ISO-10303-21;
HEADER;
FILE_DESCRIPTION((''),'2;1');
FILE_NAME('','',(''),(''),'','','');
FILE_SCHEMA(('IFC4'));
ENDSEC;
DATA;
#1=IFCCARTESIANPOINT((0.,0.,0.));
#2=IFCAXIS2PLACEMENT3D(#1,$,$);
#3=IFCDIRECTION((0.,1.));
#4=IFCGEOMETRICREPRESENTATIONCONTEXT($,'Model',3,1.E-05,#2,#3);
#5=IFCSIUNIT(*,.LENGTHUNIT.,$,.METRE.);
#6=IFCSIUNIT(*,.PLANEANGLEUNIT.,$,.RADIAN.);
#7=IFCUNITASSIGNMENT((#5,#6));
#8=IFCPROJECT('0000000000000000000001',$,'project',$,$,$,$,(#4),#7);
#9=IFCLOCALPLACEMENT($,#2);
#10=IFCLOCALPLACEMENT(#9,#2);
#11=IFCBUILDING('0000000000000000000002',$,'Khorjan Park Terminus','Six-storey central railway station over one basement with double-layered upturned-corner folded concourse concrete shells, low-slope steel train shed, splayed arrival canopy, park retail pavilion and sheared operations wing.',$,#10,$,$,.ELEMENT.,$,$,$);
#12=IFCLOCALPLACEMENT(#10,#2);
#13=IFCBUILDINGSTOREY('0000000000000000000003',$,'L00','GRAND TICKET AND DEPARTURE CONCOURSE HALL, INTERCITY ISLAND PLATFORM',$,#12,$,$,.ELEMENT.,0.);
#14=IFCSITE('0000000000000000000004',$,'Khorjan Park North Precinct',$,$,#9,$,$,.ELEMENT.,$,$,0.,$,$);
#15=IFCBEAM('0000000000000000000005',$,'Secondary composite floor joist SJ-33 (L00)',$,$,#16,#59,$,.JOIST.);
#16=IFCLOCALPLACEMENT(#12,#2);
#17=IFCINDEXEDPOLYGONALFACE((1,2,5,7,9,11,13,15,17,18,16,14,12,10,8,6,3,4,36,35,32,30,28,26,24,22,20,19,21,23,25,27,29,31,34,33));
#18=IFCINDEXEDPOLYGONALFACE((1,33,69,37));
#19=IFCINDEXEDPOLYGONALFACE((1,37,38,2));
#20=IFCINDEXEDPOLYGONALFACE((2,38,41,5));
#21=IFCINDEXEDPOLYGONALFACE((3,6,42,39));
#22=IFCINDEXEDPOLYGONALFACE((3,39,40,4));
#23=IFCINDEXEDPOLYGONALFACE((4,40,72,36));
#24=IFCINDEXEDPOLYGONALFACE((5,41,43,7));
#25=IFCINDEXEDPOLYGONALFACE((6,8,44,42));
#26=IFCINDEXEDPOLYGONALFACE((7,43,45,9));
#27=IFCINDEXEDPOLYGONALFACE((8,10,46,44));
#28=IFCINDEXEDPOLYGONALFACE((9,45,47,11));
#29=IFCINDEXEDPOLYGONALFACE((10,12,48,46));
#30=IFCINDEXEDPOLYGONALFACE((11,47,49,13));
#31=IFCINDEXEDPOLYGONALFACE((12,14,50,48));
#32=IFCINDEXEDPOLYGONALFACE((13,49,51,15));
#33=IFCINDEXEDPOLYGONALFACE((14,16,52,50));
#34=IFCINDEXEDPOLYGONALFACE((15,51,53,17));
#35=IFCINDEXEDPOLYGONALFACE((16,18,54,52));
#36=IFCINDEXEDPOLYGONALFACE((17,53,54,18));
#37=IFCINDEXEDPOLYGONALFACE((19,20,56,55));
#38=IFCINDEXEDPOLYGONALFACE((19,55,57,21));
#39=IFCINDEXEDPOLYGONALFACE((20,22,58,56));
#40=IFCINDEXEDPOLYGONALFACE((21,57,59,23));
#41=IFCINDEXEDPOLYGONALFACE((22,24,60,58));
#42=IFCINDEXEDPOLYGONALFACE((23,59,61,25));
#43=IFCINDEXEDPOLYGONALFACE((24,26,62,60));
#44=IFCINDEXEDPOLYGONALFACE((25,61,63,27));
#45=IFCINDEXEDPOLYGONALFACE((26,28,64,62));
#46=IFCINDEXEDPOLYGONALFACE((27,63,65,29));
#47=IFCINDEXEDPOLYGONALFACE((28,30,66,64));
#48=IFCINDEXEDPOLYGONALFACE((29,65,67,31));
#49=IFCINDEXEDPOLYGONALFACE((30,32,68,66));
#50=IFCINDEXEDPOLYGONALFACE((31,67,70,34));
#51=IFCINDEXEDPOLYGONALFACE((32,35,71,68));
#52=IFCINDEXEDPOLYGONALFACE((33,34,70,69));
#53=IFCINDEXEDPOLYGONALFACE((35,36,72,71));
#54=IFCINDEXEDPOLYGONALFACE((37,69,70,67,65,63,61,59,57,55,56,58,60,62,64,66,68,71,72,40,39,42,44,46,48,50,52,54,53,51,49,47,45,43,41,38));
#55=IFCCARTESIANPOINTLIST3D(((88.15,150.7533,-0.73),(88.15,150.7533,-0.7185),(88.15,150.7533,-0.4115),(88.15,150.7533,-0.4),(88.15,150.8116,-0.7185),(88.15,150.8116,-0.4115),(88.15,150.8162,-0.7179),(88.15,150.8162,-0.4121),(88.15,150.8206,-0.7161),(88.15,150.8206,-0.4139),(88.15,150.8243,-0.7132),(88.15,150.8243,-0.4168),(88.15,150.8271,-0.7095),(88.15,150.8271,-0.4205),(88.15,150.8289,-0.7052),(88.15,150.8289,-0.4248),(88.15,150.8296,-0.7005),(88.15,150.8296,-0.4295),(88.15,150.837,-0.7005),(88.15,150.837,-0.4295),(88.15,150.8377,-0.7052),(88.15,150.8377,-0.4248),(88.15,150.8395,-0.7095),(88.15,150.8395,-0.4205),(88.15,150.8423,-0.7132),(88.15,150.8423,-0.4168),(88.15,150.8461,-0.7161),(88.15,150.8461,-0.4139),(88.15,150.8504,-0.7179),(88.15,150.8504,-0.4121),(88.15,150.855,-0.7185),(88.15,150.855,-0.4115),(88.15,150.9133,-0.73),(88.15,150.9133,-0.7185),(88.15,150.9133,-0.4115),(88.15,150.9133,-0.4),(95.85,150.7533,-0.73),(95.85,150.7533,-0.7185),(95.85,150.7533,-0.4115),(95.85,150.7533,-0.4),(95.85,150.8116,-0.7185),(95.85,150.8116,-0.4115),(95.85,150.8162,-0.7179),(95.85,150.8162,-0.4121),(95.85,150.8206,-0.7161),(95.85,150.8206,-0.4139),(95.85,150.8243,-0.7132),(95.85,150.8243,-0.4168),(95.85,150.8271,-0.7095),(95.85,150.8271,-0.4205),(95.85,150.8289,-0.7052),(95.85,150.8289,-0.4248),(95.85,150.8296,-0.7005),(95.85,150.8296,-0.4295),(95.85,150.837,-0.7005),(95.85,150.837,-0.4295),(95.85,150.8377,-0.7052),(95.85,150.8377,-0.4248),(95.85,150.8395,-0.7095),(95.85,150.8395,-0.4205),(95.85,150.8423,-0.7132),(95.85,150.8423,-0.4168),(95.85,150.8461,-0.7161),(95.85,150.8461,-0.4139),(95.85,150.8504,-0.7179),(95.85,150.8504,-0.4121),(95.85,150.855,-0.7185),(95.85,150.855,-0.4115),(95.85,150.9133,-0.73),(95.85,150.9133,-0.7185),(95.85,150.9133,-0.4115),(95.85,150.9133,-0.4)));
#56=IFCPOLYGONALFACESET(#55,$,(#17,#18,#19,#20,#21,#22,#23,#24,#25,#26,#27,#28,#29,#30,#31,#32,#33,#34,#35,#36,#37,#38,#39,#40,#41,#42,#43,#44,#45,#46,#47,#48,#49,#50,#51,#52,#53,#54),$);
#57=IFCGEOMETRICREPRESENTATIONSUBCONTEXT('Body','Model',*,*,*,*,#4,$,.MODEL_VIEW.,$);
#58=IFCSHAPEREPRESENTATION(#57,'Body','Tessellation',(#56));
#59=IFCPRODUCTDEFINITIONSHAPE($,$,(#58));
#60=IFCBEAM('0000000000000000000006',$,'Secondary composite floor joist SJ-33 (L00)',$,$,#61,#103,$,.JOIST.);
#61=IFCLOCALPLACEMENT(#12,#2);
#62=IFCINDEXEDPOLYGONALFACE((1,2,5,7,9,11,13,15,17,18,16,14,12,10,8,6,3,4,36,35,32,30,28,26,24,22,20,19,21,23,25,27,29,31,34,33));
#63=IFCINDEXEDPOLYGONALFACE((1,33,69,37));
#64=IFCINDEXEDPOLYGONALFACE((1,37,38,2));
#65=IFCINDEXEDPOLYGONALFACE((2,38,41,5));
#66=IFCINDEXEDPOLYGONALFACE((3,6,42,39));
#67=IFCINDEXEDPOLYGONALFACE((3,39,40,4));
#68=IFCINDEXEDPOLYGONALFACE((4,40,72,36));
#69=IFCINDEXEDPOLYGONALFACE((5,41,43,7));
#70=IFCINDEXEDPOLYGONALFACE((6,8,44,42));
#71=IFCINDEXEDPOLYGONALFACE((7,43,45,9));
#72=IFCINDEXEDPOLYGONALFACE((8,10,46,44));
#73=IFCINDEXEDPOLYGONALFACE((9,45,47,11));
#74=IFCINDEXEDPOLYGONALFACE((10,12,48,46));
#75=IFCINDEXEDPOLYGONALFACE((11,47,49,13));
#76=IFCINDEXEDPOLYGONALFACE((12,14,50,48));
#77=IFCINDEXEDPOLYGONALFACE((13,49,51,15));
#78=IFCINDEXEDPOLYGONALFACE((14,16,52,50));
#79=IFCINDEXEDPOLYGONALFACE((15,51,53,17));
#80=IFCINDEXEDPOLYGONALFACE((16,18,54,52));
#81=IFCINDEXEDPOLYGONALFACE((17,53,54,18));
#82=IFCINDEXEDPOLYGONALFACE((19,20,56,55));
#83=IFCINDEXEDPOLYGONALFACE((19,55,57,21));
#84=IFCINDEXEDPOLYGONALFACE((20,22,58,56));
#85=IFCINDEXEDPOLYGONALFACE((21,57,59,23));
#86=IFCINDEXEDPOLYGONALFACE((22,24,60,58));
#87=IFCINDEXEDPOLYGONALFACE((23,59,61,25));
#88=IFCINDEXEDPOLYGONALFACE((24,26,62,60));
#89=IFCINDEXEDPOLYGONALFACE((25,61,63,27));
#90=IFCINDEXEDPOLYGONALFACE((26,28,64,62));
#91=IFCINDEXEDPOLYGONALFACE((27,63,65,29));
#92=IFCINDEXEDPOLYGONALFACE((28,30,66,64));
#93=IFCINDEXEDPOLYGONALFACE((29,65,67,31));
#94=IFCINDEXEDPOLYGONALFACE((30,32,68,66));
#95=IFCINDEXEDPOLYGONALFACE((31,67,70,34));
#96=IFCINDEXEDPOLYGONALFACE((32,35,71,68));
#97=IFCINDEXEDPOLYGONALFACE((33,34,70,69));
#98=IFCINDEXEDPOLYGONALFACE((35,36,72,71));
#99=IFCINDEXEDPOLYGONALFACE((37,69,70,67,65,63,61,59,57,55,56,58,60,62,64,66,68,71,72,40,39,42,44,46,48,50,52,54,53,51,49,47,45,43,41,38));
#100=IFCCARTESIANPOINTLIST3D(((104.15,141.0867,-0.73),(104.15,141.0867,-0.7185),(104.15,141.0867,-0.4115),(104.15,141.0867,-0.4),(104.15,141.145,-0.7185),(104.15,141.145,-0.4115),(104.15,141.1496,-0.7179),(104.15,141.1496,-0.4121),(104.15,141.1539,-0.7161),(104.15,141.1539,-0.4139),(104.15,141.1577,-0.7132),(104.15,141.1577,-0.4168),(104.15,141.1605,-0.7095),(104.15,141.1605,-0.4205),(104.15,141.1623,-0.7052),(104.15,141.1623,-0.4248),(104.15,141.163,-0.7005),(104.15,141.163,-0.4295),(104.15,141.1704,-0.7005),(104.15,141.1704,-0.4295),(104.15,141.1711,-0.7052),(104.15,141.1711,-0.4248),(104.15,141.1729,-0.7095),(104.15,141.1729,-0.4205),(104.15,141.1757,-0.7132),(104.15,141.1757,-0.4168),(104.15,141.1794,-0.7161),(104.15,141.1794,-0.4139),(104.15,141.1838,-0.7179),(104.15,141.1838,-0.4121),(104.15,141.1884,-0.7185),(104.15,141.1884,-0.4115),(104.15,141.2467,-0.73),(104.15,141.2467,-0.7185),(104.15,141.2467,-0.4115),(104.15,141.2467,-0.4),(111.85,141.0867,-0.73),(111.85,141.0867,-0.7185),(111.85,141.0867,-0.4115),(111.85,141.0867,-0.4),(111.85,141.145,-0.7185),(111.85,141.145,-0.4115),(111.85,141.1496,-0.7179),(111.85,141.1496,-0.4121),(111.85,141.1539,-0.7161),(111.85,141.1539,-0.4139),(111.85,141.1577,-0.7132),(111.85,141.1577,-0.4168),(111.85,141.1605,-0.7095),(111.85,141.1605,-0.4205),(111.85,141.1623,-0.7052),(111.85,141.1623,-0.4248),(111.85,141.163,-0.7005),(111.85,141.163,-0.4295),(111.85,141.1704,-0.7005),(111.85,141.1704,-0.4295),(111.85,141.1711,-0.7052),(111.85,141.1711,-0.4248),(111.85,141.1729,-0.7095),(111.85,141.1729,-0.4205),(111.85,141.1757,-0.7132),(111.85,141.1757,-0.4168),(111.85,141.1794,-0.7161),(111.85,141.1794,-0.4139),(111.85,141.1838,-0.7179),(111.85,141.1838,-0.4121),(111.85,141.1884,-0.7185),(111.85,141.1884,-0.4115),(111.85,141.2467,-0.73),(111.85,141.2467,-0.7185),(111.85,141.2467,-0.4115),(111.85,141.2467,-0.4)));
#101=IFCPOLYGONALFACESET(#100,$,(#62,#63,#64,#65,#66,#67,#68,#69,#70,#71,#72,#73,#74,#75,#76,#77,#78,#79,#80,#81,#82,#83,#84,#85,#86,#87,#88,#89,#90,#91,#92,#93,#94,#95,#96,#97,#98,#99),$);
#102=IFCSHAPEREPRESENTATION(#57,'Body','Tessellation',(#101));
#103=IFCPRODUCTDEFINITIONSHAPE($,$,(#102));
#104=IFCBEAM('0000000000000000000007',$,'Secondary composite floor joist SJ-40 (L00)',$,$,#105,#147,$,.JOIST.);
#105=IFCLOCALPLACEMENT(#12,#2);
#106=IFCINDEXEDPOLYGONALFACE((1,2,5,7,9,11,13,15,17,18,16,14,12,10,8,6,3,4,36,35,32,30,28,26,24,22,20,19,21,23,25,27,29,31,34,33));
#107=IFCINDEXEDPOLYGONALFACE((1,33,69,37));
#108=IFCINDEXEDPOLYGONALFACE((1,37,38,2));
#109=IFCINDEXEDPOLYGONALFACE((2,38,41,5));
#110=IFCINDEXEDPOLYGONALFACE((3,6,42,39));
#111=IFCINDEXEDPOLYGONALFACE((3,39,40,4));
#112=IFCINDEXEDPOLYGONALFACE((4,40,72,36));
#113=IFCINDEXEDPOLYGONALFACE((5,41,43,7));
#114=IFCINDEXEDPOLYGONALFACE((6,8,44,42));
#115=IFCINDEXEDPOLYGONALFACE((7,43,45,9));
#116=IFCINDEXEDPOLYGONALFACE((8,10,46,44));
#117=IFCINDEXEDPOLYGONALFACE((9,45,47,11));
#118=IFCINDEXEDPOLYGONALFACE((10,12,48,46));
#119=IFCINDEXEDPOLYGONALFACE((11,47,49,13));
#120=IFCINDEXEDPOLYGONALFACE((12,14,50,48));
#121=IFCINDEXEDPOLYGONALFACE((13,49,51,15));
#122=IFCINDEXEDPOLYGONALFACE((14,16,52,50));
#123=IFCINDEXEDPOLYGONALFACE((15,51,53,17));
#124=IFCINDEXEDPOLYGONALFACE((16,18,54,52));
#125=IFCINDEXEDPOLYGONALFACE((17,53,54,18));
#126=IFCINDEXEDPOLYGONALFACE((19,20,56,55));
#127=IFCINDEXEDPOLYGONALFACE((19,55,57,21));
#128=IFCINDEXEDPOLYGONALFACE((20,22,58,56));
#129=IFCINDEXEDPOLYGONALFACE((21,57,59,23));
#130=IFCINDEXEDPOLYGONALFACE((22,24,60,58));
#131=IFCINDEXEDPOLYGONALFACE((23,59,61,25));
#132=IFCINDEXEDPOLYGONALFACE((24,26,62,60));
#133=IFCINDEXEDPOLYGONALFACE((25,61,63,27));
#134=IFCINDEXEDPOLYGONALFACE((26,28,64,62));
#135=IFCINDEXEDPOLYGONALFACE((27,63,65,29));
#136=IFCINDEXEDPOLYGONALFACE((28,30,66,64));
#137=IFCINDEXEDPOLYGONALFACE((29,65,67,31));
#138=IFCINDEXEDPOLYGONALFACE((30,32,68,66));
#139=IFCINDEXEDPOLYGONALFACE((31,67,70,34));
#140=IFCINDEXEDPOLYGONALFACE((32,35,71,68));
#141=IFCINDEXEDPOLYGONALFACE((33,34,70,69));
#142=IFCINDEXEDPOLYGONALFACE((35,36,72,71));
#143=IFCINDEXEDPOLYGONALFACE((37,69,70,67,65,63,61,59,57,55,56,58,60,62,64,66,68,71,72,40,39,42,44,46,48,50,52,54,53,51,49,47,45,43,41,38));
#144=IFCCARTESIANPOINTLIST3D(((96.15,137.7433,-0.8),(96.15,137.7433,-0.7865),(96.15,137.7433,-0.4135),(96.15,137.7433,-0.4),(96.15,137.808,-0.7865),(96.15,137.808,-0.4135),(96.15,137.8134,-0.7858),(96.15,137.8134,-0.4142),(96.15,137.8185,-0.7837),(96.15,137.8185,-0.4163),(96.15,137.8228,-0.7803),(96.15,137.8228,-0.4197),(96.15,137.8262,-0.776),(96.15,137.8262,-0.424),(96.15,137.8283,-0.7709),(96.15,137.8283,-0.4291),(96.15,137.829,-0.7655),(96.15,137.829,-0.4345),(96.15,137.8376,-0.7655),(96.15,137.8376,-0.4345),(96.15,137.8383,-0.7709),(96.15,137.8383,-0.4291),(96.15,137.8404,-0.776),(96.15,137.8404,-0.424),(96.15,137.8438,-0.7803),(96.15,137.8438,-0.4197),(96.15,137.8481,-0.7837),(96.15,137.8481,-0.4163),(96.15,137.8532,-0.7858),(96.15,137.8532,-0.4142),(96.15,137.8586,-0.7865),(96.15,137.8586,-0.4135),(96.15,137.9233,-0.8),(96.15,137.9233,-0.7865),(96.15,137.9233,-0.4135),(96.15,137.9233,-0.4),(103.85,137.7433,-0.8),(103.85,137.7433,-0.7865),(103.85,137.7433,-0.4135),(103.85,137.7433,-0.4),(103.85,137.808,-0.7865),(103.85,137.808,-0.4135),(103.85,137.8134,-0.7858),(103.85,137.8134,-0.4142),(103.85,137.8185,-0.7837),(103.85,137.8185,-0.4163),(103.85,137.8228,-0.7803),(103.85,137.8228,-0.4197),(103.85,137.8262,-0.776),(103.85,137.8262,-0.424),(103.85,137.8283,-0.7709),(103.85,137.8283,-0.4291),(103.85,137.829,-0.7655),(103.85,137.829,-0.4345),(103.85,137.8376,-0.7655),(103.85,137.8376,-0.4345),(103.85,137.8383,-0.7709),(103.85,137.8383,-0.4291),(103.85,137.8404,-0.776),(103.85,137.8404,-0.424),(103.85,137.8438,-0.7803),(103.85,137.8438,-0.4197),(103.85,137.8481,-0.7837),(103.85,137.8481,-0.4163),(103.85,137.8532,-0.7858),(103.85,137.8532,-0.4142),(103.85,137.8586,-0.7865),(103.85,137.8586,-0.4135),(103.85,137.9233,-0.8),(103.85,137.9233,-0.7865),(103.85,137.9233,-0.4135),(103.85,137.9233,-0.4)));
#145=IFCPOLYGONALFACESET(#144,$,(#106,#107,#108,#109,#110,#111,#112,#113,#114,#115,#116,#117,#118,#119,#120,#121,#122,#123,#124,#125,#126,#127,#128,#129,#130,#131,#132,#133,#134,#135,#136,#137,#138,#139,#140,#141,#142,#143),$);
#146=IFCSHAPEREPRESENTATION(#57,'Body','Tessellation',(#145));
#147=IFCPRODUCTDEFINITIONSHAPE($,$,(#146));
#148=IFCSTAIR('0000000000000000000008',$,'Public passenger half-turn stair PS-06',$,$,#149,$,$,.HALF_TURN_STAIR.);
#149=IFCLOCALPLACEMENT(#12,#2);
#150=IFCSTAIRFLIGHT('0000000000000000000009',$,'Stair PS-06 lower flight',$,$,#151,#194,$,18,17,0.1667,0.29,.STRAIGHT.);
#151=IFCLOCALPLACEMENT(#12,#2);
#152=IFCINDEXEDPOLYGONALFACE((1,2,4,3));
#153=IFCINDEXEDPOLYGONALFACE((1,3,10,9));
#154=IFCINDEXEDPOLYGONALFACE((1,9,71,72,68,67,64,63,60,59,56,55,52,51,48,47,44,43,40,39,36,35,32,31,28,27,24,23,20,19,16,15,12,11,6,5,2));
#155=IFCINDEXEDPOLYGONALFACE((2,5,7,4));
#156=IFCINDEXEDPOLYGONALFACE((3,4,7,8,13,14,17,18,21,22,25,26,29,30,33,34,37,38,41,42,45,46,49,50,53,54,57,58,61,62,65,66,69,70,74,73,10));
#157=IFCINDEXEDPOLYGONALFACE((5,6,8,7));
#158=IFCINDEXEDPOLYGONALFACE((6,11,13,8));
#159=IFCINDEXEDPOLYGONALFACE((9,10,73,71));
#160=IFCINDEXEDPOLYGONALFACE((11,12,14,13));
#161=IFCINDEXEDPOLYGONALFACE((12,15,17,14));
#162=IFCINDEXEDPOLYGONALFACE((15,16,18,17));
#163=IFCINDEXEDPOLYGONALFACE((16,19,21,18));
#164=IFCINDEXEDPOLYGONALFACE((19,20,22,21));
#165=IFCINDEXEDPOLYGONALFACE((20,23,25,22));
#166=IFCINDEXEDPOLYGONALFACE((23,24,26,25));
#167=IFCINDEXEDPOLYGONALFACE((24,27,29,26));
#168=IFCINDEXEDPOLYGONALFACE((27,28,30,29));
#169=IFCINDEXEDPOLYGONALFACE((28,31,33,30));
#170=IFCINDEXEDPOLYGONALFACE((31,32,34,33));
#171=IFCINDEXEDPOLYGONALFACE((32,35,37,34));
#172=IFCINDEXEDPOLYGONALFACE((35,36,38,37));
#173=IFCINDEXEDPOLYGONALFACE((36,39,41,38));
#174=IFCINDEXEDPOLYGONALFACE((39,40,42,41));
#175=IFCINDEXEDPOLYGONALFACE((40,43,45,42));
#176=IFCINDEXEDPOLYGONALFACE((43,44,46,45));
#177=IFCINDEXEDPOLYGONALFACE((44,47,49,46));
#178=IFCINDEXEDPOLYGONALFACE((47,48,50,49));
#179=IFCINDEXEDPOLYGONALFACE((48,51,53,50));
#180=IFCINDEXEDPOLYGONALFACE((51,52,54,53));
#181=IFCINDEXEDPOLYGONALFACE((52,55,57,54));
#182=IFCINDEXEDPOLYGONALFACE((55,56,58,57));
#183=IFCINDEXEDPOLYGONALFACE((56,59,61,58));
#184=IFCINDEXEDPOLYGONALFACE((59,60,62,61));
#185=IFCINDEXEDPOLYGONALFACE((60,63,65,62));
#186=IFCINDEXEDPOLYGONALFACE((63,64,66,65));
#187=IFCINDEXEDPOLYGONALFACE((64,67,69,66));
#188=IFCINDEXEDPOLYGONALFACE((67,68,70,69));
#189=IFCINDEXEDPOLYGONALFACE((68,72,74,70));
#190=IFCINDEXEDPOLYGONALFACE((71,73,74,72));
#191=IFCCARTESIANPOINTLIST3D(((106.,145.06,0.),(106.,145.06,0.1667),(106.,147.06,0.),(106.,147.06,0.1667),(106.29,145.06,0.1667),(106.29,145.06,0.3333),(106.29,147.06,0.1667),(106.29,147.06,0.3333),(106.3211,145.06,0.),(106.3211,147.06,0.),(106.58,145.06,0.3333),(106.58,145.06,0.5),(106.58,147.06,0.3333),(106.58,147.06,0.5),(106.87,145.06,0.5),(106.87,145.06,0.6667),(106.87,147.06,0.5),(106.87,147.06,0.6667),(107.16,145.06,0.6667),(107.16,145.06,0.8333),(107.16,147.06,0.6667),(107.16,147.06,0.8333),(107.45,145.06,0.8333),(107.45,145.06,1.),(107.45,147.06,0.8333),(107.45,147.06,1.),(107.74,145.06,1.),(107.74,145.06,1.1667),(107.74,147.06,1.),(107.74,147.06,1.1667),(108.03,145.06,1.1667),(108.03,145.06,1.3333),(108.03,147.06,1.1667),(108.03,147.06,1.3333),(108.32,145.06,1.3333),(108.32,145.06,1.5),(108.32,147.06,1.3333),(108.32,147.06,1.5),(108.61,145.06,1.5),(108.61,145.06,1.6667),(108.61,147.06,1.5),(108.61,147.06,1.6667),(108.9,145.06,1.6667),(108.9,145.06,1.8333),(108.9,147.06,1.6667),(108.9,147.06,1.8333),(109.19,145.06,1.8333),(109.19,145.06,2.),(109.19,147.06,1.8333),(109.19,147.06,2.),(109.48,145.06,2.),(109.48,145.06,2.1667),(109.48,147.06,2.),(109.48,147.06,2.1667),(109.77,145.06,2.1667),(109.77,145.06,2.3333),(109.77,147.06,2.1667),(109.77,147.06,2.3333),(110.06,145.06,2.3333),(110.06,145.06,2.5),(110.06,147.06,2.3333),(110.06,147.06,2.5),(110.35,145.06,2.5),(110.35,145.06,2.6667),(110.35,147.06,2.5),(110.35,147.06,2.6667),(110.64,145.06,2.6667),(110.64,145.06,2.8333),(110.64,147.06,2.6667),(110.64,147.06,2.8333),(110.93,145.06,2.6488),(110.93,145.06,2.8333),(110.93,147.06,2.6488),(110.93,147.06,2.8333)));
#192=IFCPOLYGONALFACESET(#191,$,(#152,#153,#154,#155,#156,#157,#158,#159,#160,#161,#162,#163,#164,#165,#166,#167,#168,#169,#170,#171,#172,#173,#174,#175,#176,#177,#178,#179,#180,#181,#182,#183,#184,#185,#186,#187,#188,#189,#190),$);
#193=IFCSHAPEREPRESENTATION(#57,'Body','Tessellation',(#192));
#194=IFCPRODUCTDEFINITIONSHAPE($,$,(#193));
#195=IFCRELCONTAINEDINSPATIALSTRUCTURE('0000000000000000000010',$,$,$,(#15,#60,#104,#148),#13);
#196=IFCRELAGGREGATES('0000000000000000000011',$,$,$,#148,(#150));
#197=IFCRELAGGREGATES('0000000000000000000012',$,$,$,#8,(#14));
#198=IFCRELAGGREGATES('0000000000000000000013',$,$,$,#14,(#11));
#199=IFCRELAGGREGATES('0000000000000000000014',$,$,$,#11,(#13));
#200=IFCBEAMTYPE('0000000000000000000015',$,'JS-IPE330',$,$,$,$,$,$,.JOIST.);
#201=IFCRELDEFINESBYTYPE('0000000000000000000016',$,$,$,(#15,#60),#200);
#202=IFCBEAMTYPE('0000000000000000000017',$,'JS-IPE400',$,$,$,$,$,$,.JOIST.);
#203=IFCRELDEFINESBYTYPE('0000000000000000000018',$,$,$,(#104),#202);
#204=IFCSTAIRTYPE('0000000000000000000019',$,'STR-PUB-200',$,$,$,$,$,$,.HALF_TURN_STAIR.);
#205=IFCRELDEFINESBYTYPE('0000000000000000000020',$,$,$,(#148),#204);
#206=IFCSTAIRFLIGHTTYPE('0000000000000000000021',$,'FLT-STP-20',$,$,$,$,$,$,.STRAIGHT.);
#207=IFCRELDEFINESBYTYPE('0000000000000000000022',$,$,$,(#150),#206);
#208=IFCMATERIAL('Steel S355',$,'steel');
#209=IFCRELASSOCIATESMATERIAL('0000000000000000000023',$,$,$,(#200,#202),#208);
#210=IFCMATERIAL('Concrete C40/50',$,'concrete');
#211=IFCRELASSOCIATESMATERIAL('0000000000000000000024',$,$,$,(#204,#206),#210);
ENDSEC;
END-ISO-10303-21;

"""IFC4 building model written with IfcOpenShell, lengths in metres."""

from ifc_helpers import new_model, si_unit, direction, frame, origin, origin_2d, place, context, subcontext, project, spatial, polyline, i_section, outline, extrude, material, material_profile, profile_set, type_object, element, aggregate, save


model = new_model("IFC4")

# Units and contexts
model_context = context("Model", 3, precision=1e-05, world=origin(), true_north=direction((0.0, 1.0)))
body_context = subcontext(model_context, "Body", "Model", "MODEL_VIEW")
ifc_project = project(units=[si_unit("LENGTHUNIT", "METRE"), si_unit("PLANEANGLEUNIT", "RADIAN")], contexts=[model_context])

# Site, building, storey
site_placement = place(None, origin())
site = spatial("IfcSite", under=ifc_project, at=site_placement, Name="Khorjan Park North Precinct", CompositionType="ELEMENT", RefElevation=0.0)
building_placement = place(site_placement, origin())
building = spatial("IfcBuilding", under=site, at=building_placement, Name="Khorjan Park Terminus", Description="Six-storey central railway station over one basement with double-layered upturned-corner folded concourse concrete shells, low-slope steel train shed, splayed arrival canopy, park retail pavilion and sheared operations wing.", CompositionType="ELEMENT")
storey_placement = place(building_placement, origin())
storey = spatial("IfcBuildingStorey", under=building, at=storey_placement, Name="L00", Description="GRAND TICKET AND DEPARTURE CONCOURSE HALL, INTERCITY ISLAND PLATFORM", CompositionType="ELEMENT", Elevation=0.0)

# Shared definitions
ifc_material_1 = material(Name="Steel S355", Category="steel")
ifc_material_2 = material(Name="Concrete C40/50", Category="concrete")

# Beams
ifc_material_profile_1 = material_profile(ifc_material_1, i_section(OverallWidth=0.16, OverallDepth=0.33, WebThickness=0.0075, FlangeThickness=0.0115, FilletRadius=0.018, at=origin_2d()), Name="IPE 330")
ifc_profile_set_1 = profile_set([ifc_material_profile_1], Name="Steel S355")
beam_type_1 = type_object("IfcBeamType", Name="JS-IPE330", PredefinedType="JOIST", material=ifc_profile_set_1)
for number, where, z_axis, x_axis, name in (
    (1, (88.15, 150.8333, -0.565), (1.0, 0.0, 0.0), (0.0, 1.0, 0.0), "Secondary composite floor joist SJ-33 (L00)"),
    (2, (104.15, 141.1667, -0.565), (1.0, 0.0, 0.0), (0.0, 1.0, 0.0), "Secondary composite floor joist SJ-33 (L00)"),
):
    element("IfcBeam", number, at=place(storey_placement, frame(where, z_axis=z_axis, x_axis=x_axis)), inside=storey, type_object=beam_type_1, Name=name, PredefinedType="JOIST", context=body_context, shape_type="SweptSolid", body=[
        extrude(i_section(OverallWidth=0.16, OverallDepth=0.33, WebThickness=0.0075, FlangeThickness=0.0115, FilletRadius=0.018, at=origin_2d()), origin(), (0.0, 0.0, 1.0), 7.7),
    ])
ifc_material_profile_2 = material_profile(ifc_material_1, i_section(OverallWidth=0.18, OverallDepth=0.4, WebThickness=0.0086, FlangeThickness=0.0135, FilletRadius=0.021, at=origin_2d()), Name="IPE 400")
ifc_profile_set_2 = profile_set([ifc_material_profile_2], Name="Steel S355")
beam_type_2 = type_object("IfcBeamType", Name="JS-IPE400", PredefinedType="JOIST", material=ifc_profile_set_2)
beam_1_placement = place(storey_placement, frame((96.15, 137.8333, -0.6), z_axis=(1.0, 0.0, 0.0), x_axis=(0.0, 1.0, 0.0)))
element("IfcBeam", 3, at=beam_1_placement, inside=storey, type_object=beam_type_2, Name="Secondary composite floor joist SJ-40 (L00)", PredefinedType="JOIST", context=body_context, shape_type="SweptSolid", body=[
    extrude(i_section(OverallWidth=0.18, OverallDepth=0.4, WebThickness=0.0086, FlangeThickness=0.0135, FilletRadius=0.021, at=origin_2d()), origin(), (0.0, 0.0, 1.0), 7.7),
])

# Stair, stair flight
stair_type = type_object("IfcStairType", Name="STR-PUB-200", PredefinedType="HALF_TURN_STAIR", material=ifc_material_2)
stair_placement = place(storey_placement, origin())
stair = element("IfcStair", 4, at=stair_placement, inside=storey, type_object=stair_type, Name="Public passenger half-turn stair PS-06", PredefinedType="HALF_TURN_STAIR")
stair_flight_type = type_object("IfcStairFlightType", Name="FLT-STP-20", PredefinedType="STRAIGHT", material=ifc_material_2)
stair_flight_1_placement = place(storey_placement, frame((106.0, 146.06, 0.0), z_axis=(0.0, 0.0, 1.0), x_axis=(1.0, 0.0, 0.0)))
stair_flight_1 = element("IfcStairFlight", 5, at=stair_flight_1_placement, type_object=stair_flight_type, Name="Stair PS-06 lower flight", NumberOfRisers=18, NumberOfTreads=17, PredefinedType="STRAIGHT", RiserHeight=0.1667, TreadLength=0.29, context=body_context, shape_type="SweptSolid", body=[
    extrude(outline(polyline([(0.0, 0.0), (0.0, 0.1667), (0.29, 0.1667), (0.29, 0.3333), (0.58, 0.3333), (0.58, 0.5), (0.87, 0.5), (0.87, 0.6667), (1.16, 0.6667), (1.16, 0.8333), (1.45, 0.8333), (1.45, 1.0), (1.74, 1.0), (1.74, 1.1667), (2.03, 1.1667), (2.03, 1.3333), (2.32, 1.3333), (2.32, 1.5), (2.61, 1.5), (2.61, 1.6667), (2.9, 1.6667), (2.9, 1.8333), (3.19, 1.8333), (3.19, 2.0), (3.48, 2.0), (3.48, 2.1667), (3.77, 2.1667), (3.77, 2.3333), (4.06, 2.3333), (4.06, 2.5), (4.35, 2.5), (4.35, 2.6667), (4.64, 2.6667), (4.64, 2.8333), (4.93, 2.8333), (4.93, 3.0), (4.93, 2.6488), (0.3211, 0.0), (0.0, 0.0)])), frame((0.0, 1.0, 0.0), z_axis=(0.0, -1.0, 0.0), x_axis=(1.0, 0.0, 0.0)), (0.0, 0.0, 1.0), 2.0),
])
aggregate(stair, [stair_flight_1])

save(model, "model.ifc")
